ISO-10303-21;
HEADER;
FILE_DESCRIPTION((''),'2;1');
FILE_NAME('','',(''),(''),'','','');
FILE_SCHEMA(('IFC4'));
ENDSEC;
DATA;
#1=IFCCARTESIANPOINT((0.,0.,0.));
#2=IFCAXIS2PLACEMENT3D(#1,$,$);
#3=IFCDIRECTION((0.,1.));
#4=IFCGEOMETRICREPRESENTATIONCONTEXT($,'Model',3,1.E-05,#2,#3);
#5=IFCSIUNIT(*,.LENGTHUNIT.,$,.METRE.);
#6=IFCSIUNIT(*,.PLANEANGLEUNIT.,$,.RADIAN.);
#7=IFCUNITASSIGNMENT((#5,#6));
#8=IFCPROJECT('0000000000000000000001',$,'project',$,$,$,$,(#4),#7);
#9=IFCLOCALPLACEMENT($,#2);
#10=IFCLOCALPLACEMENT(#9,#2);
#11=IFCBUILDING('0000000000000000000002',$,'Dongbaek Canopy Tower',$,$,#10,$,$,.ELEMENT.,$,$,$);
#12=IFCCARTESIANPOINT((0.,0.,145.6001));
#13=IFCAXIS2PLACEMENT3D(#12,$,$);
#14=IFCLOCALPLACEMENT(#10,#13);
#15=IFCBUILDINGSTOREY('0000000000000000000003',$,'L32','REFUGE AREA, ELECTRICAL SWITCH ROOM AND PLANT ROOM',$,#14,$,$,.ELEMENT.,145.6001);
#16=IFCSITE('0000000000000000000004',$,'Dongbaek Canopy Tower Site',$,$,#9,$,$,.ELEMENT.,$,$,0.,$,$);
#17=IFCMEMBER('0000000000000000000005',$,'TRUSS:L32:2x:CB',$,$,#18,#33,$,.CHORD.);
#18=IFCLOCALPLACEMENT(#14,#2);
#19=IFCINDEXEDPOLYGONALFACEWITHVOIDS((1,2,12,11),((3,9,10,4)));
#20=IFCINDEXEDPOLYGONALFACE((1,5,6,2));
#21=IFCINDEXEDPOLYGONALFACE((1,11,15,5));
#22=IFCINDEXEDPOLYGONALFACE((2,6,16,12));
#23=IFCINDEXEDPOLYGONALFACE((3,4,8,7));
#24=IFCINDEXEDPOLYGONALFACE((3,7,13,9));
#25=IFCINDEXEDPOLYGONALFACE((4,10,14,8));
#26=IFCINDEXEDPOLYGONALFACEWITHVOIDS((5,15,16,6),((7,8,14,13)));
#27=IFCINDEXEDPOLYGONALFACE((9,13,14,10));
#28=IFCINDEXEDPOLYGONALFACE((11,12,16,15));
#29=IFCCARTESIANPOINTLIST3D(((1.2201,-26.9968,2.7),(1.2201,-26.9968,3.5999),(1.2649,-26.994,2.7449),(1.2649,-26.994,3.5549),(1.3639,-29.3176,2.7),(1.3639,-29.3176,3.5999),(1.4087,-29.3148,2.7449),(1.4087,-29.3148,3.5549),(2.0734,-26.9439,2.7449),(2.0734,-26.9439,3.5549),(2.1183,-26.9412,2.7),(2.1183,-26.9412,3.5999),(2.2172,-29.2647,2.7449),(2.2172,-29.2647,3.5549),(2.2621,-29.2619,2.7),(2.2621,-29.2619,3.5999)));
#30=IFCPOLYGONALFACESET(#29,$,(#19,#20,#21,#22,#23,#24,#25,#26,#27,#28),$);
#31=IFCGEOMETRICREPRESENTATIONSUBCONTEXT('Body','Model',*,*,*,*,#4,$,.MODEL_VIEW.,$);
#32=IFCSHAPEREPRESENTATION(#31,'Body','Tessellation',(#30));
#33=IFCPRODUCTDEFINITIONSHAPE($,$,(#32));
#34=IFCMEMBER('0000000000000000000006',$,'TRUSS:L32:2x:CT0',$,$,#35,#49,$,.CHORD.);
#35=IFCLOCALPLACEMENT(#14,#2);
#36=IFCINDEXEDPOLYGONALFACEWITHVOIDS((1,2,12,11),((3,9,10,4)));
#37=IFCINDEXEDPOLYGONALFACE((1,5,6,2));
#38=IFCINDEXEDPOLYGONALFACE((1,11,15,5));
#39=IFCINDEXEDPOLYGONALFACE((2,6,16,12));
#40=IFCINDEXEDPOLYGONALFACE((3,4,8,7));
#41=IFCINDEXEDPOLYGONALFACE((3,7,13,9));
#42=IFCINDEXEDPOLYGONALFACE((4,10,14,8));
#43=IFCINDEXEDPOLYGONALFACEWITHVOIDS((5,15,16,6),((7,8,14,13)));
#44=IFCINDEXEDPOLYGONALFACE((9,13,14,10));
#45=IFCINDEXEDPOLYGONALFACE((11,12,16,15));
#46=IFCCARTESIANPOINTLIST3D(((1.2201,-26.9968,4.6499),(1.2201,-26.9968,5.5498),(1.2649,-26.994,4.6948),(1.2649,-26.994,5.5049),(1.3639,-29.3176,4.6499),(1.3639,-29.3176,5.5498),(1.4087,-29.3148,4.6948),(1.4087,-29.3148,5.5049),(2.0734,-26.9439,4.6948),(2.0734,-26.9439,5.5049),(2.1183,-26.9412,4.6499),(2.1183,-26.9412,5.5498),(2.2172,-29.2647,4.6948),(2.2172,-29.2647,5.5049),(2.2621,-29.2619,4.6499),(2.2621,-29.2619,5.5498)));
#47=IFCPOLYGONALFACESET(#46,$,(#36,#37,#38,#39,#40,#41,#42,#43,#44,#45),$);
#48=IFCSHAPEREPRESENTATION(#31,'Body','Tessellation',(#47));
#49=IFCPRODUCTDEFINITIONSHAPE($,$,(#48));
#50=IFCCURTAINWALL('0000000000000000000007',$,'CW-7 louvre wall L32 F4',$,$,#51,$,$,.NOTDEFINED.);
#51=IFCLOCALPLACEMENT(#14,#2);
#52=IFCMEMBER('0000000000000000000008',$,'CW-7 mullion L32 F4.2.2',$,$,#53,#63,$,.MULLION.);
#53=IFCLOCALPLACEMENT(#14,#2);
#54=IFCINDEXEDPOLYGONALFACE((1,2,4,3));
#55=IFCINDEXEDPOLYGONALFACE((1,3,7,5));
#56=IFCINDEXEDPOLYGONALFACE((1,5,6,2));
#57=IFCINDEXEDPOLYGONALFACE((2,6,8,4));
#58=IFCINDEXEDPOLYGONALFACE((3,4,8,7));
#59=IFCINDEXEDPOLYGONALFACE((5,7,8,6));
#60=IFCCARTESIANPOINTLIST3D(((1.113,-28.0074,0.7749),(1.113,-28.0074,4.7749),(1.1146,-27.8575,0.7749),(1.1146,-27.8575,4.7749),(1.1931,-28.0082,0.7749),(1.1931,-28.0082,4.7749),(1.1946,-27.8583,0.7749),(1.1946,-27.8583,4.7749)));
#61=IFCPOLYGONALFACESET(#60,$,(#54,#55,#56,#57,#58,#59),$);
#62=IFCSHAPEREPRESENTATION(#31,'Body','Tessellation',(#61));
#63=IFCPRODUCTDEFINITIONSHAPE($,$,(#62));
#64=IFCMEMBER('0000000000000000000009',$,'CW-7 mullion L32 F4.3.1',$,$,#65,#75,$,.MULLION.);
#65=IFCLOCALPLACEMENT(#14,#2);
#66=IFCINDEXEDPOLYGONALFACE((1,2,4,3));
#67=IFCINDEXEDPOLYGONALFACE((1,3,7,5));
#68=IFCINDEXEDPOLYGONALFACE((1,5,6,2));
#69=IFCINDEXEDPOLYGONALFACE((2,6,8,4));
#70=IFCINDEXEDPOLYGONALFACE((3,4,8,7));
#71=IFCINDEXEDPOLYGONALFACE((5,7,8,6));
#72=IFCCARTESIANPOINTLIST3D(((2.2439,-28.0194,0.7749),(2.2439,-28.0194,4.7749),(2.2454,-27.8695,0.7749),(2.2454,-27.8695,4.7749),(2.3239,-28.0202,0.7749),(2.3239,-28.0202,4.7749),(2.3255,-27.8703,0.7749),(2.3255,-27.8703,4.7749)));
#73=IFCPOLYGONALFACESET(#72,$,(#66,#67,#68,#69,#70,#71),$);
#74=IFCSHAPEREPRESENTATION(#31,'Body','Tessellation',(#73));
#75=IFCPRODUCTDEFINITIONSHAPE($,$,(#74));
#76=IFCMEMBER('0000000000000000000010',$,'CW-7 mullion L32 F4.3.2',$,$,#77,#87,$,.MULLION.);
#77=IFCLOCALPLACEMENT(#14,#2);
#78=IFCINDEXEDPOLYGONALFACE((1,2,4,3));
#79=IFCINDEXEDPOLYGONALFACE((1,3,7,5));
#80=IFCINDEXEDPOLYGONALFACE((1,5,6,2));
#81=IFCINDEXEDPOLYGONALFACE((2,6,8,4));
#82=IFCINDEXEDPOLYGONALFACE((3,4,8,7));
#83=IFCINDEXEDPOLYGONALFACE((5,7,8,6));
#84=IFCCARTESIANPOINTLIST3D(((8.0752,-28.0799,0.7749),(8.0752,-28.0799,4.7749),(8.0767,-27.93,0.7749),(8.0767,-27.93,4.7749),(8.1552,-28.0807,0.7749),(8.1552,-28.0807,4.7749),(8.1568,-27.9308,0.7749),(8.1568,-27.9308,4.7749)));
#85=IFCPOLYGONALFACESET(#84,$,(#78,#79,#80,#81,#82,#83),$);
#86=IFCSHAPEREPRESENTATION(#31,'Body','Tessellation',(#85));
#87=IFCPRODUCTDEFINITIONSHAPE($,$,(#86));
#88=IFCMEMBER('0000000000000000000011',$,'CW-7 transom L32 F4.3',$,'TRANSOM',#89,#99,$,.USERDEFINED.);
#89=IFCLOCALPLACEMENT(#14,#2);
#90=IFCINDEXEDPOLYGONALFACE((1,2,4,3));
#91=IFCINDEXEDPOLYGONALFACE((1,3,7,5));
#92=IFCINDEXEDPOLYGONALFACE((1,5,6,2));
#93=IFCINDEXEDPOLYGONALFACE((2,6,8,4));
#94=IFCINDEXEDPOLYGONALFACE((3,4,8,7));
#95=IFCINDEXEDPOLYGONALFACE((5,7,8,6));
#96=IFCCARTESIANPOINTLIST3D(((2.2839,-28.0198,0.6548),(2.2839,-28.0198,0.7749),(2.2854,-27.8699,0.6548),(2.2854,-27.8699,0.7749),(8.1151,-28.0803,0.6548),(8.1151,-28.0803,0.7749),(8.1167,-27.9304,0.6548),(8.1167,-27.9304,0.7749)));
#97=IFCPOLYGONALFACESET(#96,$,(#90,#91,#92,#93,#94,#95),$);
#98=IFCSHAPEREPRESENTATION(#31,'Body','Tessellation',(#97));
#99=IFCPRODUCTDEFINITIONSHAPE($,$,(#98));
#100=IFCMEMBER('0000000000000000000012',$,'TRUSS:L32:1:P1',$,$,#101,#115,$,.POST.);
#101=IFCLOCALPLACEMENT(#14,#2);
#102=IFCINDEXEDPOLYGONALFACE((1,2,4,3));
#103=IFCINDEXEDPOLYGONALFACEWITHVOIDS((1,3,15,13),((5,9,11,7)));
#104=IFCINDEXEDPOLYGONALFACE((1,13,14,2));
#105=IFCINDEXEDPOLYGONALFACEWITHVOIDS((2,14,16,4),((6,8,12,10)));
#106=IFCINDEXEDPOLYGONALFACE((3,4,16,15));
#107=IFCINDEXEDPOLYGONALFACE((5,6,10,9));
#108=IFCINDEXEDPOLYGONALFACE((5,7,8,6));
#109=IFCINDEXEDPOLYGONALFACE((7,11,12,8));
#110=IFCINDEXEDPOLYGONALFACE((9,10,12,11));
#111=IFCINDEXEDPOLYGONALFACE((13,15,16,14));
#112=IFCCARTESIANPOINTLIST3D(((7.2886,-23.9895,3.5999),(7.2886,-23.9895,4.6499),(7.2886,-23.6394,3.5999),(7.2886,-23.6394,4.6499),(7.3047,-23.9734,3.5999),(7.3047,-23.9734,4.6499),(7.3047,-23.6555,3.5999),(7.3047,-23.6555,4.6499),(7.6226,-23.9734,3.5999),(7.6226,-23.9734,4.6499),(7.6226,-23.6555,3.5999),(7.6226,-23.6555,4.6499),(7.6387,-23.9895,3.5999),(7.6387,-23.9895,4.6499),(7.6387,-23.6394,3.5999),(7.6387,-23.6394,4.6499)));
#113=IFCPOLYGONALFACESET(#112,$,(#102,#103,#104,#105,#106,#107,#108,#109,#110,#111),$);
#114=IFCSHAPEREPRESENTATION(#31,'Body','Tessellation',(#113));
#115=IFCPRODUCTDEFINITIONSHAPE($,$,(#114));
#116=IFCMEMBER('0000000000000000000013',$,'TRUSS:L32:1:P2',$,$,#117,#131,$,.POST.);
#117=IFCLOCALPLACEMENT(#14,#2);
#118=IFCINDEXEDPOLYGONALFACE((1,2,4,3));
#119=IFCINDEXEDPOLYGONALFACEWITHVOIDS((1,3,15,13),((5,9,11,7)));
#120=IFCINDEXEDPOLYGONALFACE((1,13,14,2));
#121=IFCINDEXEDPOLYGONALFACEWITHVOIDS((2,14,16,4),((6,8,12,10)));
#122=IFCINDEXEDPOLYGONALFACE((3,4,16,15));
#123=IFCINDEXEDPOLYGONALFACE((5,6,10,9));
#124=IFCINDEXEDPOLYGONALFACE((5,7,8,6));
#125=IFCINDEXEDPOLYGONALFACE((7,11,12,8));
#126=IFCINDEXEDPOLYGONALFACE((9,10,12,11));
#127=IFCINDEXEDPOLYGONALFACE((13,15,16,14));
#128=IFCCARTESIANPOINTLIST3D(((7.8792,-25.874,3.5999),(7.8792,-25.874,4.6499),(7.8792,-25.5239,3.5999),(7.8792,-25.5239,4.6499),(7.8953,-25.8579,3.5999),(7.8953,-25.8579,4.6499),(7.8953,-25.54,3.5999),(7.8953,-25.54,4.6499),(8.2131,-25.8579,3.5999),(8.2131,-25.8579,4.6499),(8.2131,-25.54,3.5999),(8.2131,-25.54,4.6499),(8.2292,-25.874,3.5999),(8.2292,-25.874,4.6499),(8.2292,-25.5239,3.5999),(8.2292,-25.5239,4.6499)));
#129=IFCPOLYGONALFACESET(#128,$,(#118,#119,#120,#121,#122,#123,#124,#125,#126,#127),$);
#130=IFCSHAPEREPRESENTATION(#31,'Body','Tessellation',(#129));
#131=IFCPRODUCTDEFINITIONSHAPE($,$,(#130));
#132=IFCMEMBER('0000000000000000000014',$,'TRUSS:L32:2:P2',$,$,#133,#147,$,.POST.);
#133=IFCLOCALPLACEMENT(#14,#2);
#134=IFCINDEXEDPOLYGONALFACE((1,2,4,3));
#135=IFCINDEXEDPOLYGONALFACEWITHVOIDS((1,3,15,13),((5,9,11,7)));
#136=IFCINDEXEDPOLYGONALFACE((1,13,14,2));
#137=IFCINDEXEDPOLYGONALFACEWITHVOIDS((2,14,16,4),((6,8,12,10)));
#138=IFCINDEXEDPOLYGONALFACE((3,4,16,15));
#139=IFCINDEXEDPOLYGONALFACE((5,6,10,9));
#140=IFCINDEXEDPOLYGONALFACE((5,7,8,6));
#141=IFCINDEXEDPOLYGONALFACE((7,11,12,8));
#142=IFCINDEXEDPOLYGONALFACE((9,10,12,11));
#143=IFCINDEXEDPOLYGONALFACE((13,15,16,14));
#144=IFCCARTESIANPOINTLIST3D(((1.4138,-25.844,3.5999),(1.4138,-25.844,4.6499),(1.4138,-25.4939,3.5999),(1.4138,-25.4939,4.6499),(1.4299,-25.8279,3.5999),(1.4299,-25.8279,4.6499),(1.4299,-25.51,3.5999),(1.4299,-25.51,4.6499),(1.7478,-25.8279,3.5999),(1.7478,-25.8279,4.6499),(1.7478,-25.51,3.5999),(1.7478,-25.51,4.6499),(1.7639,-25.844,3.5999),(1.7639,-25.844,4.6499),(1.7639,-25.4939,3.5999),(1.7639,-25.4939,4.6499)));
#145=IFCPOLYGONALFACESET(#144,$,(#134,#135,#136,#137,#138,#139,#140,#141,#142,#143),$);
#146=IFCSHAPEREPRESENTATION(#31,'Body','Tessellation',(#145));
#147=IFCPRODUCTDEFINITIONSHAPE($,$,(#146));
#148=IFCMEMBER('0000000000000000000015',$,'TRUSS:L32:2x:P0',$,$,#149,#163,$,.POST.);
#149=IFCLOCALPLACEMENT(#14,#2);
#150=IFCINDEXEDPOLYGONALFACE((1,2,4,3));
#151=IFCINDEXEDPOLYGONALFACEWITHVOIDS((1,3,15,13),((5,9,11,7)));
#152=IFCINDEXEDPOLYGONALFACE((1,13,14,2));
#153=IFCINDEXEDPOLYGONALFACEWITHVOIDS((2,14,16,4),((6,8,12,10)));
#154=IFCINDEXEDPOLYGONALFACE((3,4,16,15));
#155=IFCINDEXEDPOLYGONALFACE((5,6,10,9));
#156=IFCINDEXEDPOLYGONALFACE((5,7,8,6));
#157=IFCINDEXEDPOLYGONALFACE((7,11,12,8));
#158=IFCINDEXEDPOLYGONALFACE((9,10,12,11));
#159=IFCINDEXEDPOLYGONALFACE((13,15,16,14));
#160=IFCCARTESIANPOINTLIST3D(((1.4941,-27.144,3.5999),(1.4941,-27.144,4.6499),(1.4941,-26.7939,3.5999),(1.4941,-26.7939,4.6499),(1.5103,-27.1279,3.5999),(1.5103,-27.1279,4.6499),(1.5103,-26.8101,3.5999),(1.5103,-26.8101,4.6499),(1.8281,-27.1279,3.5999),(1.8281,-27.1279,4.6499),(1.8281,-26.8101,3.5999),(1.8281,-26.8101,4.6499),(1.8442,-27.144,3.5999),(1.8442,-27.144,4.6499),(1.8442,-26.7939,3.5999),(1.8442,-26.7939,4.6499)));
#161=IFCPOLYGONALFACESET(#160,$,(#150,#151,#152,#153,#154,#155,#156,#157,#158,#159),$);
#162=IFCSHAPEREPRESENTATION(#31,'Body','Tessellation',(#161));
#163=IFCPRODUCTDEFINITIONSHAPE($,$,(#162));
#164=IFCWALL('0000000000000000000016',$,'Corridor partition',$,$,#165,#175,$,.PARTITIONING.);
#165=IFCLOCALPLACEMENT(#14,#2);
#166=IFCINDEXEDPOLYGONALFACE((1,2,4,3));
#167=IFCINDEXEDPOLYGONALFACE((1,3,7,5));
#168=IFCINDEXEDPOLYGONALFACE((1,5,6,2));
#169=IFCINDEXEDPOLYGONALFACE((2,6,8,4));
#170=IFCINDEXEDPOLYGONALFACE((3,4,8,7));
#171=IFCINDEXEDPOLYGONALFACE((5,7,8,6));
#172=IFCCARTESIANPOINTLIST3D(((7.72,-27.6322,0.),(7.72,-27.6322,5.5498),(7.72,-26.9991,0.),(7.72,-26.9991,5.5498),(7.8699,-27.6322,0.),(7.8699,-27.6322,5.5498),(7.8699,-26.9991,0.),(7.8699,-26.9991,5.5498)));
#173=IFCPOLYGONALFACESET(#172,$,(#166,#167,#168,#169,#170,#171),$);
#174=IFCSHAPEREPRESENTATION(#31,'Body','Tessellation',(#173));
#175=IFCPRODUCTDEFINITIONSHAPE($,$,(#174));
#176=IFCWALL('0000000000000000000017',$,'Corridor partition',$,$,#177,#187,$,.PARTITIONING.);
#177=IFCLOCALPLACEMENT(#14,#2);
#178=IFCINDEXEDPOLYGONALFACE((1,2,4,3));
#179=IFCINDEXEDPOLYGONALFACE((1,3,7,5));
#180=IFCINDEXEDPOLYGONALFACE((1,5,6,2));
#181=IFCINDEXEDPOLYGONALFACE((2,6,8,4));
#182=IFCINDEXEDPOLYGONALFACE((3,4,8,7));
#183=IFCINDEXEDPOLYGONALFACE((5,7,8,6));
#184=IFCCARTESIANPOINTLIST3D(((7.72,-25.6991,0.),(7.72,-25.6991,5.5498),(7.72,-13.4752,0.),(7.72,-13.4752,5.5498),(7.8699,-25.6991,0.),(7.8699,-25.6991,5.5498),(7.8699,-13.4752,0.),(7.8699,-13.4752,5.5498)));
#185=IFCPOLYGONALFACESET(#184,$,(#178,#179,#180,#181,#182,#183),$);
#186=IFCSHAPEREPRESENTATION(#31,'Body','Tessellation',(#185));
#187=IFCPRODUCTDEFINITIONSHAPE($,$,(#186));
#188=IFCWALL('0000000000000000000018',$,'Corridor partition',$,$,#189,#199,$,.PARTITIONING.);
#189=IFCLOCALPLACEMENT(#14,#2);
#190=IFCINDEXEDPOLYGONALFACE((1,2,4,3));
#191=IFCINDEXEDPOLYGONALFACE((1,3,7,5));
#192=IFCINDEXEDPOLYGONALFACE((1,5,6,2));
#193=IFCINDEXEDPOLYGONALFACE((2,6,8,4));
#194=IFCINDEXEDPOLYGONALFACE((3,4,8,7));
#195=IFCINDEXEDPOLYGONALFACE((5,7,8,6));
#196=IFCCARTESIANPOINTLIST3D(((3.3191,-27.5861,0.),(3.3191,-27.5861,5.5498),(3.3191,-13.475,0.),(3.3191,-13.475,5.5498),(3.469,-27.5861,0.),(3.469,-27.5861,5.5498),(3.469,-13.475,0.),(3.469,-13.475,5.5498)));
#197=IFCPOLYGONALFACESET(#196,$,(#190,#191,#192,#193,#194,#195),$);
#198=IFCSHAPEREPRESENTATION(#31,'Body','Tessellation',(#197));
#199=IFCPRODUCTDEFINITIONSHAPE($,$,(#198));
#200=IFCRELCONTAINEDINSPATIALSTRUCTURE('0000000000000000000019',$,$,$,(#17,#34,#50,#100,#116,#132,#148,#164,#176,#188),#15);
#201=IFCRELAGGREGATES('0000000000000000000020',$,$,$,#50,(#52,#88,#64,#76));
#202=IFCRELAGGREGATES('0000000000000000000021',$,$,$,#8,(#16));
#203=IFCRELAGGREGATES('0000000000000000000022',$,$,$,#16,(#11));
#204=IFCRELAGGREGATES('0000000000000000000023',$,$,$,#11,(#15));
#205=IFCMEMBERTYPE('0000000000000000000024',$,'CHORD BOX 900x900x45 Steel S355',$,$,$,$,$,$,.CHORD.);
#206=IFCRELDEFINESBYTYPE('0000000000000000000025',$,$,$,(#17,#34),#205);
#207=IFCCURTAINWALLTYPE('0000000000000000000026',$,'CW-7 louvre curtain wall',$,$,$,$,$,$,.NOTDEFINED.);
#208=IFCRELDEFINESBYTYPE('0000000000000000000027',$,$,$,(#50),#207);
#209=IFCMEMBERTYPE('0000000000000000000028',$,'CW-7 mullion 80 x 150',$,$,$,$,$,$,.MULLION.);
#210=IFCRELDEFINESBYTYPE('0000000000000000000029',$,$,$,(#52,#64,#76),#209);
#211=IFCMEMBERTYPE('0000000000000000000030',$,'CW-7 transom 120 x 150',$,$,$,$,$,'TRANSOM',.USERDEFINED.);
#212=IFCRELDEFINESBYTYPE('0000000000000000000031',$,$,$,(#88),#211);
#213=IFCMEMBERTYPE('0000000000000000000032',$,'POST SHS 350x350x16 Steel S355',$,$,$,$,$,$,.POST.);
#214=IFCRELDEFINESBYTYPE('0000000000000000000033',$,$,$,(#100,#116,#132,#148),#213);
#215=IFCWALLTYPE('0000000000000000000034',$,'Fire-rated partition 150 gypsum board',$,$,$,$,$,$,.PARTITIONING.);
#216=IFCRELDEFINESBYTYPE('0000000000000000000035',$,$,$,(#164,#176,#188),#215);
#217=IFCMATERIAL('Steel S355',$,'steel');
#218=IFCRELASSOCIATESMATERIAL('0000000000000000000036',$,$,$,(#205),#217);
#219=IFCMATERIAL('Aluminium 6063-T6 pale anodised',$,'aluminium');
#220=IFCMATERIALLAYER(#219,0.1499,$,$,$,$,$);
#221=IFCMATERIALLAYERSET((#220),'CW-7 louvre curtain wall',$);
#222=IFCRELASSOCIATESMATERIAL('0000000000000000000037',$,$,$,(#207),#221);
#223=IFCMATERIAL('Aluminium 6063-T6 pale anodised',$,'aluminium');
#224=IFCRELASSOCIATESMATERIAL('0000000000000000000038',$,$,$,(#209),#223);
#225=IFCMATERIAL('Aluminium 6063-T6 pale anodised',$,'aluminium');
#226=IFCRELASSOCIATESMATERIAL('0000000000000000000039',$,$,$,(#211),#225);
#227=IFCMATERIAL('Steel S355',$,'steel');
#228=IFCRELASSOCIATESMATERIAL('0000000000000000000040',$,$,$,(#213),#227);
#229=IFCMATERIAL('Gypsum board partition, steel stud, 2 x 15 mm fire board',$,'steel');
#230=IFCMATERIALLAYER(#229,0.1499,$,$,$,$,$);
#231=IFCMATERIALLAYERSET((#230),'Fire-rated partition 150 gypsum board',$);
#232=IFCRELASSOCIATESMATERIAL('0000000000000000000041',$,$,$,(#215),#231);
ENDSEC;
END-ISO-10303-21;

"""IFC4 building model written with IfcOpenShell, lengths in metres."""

from ifc_helpers import new_model, si_unit, direction, frame, frame_2d, origin, origin_2d, place, context, subcontext, project, spatial, rectangle, hollow_rectangle, extrude, material, layer, layer_set, material_profile, profile_set, type_object, element, aggregate, save


model = new_model("IFC4")

# Units and contexts
model_context = context("Model", 3, precision=1e-05, world=origin(), true_north=direction((0.0, 1.0)))
body_context = subcontext(model_context, "Body", "Model", "MODEL_VIEW")
ifc_project = project(units=[si_unit("LENGTHUNIT", "METRE"), si_unit("PLANEANGLEUNIT", "RADIAN")], contexts=[model_context])

# Site, building, storey
site_placement = place(None, origin())
site = spatial("IfcSite", under=ifc_project, at=site_placement, Name="Dongbaek Canopy Tower Site", CompositionType="ELEMENT", RefElevation=0.0)
building_placement = place(site_placement, origin())
building = spatial("IfcBuilding", under=site, at=building_placement, Name="Dongbaek Canopy Tower", CompositionType="ELEMENT")
storey_placement = place(building_placement, frame((0.0, 0.0, 145.6001)))
storey = spatial("IfcBuildingStorey", under=building, at=storey_placement, Name="L32", Description="REFUGE AREA, ELECTRICAL SWITCH ROOM AND PLANT ROOM", CompositionType="ELEMENT", Elevation=145.6001)

# Members
ifc_material_1 = material(Name="Steel S355", Category="steel")
ifc_material_profile_1 = material_profile(ifc_material_1, hollow_rectangle(XDim=0.8999, YDim=0.8999, WallThickness=0.0449, at=origin_2d()), Name="CHORD BOX 900x900x45 Steel S355")
ifc_profile_set_1 = profile_set([ifc_material_profile_1], Name="Steel S355")
member_type_1 = type_object("IfcMemberType", Name="CHORD BOX 900x900x45 Steel S355", PredefinedType="CHORD", material=ifc_profile_set_1)
for number, where, z_axis, x_axis, name in (
    (1, (1.6692, -26.969, 3.1499), (0.061842, -0.998086, 0.0), (0.998086, 0.061842, 0.0), "TRUSS:L32:2x:CB"),
    (2, (1.6692, -26.969, 5.0999), (0.061842, -0.998086, 0.0), (0.998086, 0.061842, 0.0), "TRUSS:L32:2x:CT0"),
):
    element("IfcMember", number, at=place(storey_placement, frame(where, z_axis=z_axis, x_axis=x_axis)), inside=storey, type_object=member_type_1, Name=name, PredefinedType="CHORD", context=body_context, shape_type="SweptSolid", body=[
        extrude(hollow_rectangle(XDim=0.8999, YDim=0.8999, WallThickness=0.0449, at=origin_2d()), origin(), (0.0, 0.0, 1.0), 2.3252),
    ])

# Curtain wall, members
ifc_material_2 = material(Name="Aluminium 6063-T6 pale anodised", Category="aluminium")
ifc_layer_1 = layer(ifc_material_2, 0.1499)
ifc_layer_set_1 = layer_set([ifc_layer_1], Name="CW-7 louvre curtain wall")
curtain_wall_type = type_object("IfcCurtainWallType", Name="CW-7 louvre curtain wall", PredefinedType="NOTDEFINED", material=ifc_layer_set_1)
curtain_wall_placement = place(storey_placement, origin())
curtain_wall = element("IfcCurtainWall", 3, at=curtain_wall_placement, inside=storey, type_object=curtain_wall_type, Name="CW-7 louvre wall L32 F4", PredefinedType="NOTDEFINED")
ifc_material_3 = material(Name="Aluminium 6063-T6 pale anodised", Category="aluminium")
ifc_material_profile_2 = material_profile(ifc_material_3, rectangle(XDim=0.1499, YDim=0.0801, at=origin_2d()), Name="CW-7 mullion 80 x 150")
ifc_profile_set_2 = profile_set([ifc_material_profile_2], Name="Aluminium 6063-T6 pale anodised")
member_type_2 = type_object("IfcMemberType", Name="CW-7 mullion 80 x 150", PredefinedType="MULLION", material=ifc_profile_set_2)
member_1_placement = place(storey_placement, frame((1.1538, -27.9329, 0.7749), z_axis=(0.0, 0.0, 1.0), x_axis=(-0.010401, -0.999946, 0.0)))
member_1 = element("IfcMember", 4, at=member_1_placement, type_object=member_type_2, Name="CW-7 mullion L32 F4.2.2", PredefinedType="MULLION", context=body_context, shape_type="SweptSolid", body=[
    extrude(rectangle(XDim=0.1499, YDim=0.0801, at=origin_2d()), origin(), (0.0, 0.0, 1.0), 4.0),
])
member_2_placement = place(storey_placement, frame((2.2847, -27.9448, 0.7749), z_axis=(0.0, 0.0, 1.0), x_axis=(-0.010401, -0.999946, 0.0)))
member_2 = element("IfcMember", 5, at=member_2_placement, type_object=member_type_2, Name="CW-7 mullion L32 F4.3.1", PredefinedType="MULLION", context=body_context, shape_type="SweptSolid", body=[
    extrude(rectangle(XDim=0.1499, YDim=0.0801, at=origin_2d()), origin(), (0.0, 0.0, 1.0), 4.0),
])
member_3_placement = place(storey_placement, frame((8.116, -28.0054, 0.7749), z_axis=(0.0, 0.0, 1.0), x_axis=(-0.010401, -0.999946, 0.0)))
member_3 = element("IfcMember", 6, at=member_3_placement, type_object=member_type_2, Name="CW-7 mullion L32 F4.3.2", PredefinedType="MULLION", context=body_context, shape_type="SweptSolid", body=[
    extrude(rectangle(XDim=0.1499, YDim=0.0801, at=origin_2d()), origin(), (0.0, 0.0, 1.0), 4.0),
])
ifc_material_4 = material(Name="Aluminium 6063-T6 pale anodised", Category="aluminium")
ifc_material_profile_3 = material_profile(ifc_material_4, rectangle(XDim=0.1499, YDim=0.1201, at=origin_2d()), Name="CW-7 transom 120 x 150")
ifc_profile_set_3 = profile_set([ifc_material_profile_3], Name="Aluminium 6063-T6 pale anodised")
member_type_3 = type_object("IfcMemberType", Name="CW-7 transom 120 x 150", ElementType="TRANSOM", PredefinedType="USERDEFINED", material=ifc_profile_set_3)
member_4_placement = place(storey_placement, frame((2.2847, -27.9448, 0.7148), z_axis=(0.999946, -0.010383, 0.0), x_axis=(0.010383, 0.999946, 0.0)))
member_4 = element("IfcMember", 7, at=member_4_placement, type_object=member_type_3, Name="CW-7 transom L32 F4.3", ObjectType="TRANSOM", PredefinedType="USERDEFINED", context=body_context, shape_type="SweptSolid", body=[
    extrude(rectangle(XDim=0.1499, YDim=0.1201, at=origin_2d()), origin(), (0.0, 0.0, 1.0), 5.8315),
])

# Members
ifc_material_5 = material(Name="Steel S355", Category="steel")
ifc_material_profile_4 = material_profile(ifc_material_5, hollow_rectangle(XDim=0.3501, YDim=0.3501, WallThickness=0.0161, at=origin_2d()), Name="POST SHS 350x350x16 Steel S355")
ifc_profile_set_4 = profile_set([ifc_material_profile_4], Name="Steel S355")
member_type_4 = type_object("IfcMemberType", Name="POST SHS 350x350x16 Steel S355", PredefinedType="POST", material=ifc_profile_set_4)
for number, where, z_axis, x_axis, name in (
    (8, (7.4636, -23.8145, 3.5999), (0.0, 0.0, 1.0), (1.0, 0.0, 0.0), "TRUSS:L32:1:P1"),
    (9, (8.0542, -25.699, 3.5999), (0.0, 0.0, 1.0), (1.0, 0.0, 0.0), "TRUSS:L32:1:P2"),
    (10, (1.5889, -25.6689, 3.5999), (0.0, 0.0, 1.0), (1.0, 0.0, 0.0), "TRUSS:L32:2:P2"),
    (11, (1.6692, -26.969, 3.5999), (0.0, 0.0, 1.0), (1.0, 0.0, 0.0), "TRUSS:L32:2x:P0"),
):
    element("IfcMember", number, at=place(storey_placement, frame(where, z_axis=z_axis, x_axis=x_axis)), inside=storey, type_object=member_type_4, Name=name, PredefinedType="POST", context=body_context, shape_type="SweptSolid", body=[
        extrude(hollow_rectangle(XDim=0.3501, YDim=0.3501, WallThickness=0.0161, at=origin_2d()), origin(), (0.0, 0.0, 1.0), 1.05),
    ])

# Walls
ifc_material_6 = material(Name="Gypsum board partition, steel stud, 2 x 15 mm fire board", Category="steel")
ifc_layer_2 = layer(ifc_material_6, 0.1499)
ifc_layer_set_2 = layer_set([ifc_layer_2], Name="Fire-rated partition 150 gypsum board")
wall_type_1 = type_object("IfcWallType", Name="Fire-rated partition 150 gypsum board", PredefinedType="PARTITIONING", material=ifc_layer_set_2)
wall_1_placement = place(storey_placement, frame((7.7949, -27.6321, 0.0), z_axis=(0.0, 0.0, 1.0), x_axis=(0.0, 1.0, 0.0)))
element("IfcWall", 12, at=wall_1_placement, inside=storey, type_object=wall_type_1, Name="Corridor partition", PredefinedType="PARTITIONING", context=body_context, shape_type="SweptSolid", body=[
    extrude(rectangle(XDim=0.6331, YDim=0.1499, at=frame_2d((0.3164, 0.0))), origin(), (0.0, 0.0, 1.0), 5.5498),
])
wall_2_placement = place(storey_placement, frame((7.7949, -25.699, 0.0), z_axis=(0.0, 0.0, 1.0), x_axis=(0.0, 1.0, 0.0)))
element("IfcWall", 13, at=wall_2_placement, inside=storey, type_object=wall_type_1, Name="Corridor partition", PredefinedType="PARTITIONING", context=body_context, shape_type="SweptSolid", body=[
    extrude(rectangle(XDim=12.2239, YDim=0.1499, at=frame_2d((6.1118, 0.0))), origin(), (0.0, 0.0, 1.0), 5.5498),
])
wall_3_placement = place(storey_placement, frame((3.394, -27.5862, 0.0), z_axis=(0.0, 0.0, 1.0), x_axis=(0.0, 1.0, 0.0)))
element("IfcWall", 14, at=wall_3_placement, inside=storey, type_object=wall_type_1, Name="Corridor partition", PredefinedType="PARTITIONING", context=body_context, shape_type="SweptSolid", body=[
    extrude(rectangle(XDim=14.1111, YDim=0.1499, at=frame_2d((7.0557, 0.0))), origin(), (0.0, 0.0, 1.0), 5.5498),
])

aggregate(curtain_wall, [member_1, member_4, member_2, member_3])

save(model, "model.ifc")
